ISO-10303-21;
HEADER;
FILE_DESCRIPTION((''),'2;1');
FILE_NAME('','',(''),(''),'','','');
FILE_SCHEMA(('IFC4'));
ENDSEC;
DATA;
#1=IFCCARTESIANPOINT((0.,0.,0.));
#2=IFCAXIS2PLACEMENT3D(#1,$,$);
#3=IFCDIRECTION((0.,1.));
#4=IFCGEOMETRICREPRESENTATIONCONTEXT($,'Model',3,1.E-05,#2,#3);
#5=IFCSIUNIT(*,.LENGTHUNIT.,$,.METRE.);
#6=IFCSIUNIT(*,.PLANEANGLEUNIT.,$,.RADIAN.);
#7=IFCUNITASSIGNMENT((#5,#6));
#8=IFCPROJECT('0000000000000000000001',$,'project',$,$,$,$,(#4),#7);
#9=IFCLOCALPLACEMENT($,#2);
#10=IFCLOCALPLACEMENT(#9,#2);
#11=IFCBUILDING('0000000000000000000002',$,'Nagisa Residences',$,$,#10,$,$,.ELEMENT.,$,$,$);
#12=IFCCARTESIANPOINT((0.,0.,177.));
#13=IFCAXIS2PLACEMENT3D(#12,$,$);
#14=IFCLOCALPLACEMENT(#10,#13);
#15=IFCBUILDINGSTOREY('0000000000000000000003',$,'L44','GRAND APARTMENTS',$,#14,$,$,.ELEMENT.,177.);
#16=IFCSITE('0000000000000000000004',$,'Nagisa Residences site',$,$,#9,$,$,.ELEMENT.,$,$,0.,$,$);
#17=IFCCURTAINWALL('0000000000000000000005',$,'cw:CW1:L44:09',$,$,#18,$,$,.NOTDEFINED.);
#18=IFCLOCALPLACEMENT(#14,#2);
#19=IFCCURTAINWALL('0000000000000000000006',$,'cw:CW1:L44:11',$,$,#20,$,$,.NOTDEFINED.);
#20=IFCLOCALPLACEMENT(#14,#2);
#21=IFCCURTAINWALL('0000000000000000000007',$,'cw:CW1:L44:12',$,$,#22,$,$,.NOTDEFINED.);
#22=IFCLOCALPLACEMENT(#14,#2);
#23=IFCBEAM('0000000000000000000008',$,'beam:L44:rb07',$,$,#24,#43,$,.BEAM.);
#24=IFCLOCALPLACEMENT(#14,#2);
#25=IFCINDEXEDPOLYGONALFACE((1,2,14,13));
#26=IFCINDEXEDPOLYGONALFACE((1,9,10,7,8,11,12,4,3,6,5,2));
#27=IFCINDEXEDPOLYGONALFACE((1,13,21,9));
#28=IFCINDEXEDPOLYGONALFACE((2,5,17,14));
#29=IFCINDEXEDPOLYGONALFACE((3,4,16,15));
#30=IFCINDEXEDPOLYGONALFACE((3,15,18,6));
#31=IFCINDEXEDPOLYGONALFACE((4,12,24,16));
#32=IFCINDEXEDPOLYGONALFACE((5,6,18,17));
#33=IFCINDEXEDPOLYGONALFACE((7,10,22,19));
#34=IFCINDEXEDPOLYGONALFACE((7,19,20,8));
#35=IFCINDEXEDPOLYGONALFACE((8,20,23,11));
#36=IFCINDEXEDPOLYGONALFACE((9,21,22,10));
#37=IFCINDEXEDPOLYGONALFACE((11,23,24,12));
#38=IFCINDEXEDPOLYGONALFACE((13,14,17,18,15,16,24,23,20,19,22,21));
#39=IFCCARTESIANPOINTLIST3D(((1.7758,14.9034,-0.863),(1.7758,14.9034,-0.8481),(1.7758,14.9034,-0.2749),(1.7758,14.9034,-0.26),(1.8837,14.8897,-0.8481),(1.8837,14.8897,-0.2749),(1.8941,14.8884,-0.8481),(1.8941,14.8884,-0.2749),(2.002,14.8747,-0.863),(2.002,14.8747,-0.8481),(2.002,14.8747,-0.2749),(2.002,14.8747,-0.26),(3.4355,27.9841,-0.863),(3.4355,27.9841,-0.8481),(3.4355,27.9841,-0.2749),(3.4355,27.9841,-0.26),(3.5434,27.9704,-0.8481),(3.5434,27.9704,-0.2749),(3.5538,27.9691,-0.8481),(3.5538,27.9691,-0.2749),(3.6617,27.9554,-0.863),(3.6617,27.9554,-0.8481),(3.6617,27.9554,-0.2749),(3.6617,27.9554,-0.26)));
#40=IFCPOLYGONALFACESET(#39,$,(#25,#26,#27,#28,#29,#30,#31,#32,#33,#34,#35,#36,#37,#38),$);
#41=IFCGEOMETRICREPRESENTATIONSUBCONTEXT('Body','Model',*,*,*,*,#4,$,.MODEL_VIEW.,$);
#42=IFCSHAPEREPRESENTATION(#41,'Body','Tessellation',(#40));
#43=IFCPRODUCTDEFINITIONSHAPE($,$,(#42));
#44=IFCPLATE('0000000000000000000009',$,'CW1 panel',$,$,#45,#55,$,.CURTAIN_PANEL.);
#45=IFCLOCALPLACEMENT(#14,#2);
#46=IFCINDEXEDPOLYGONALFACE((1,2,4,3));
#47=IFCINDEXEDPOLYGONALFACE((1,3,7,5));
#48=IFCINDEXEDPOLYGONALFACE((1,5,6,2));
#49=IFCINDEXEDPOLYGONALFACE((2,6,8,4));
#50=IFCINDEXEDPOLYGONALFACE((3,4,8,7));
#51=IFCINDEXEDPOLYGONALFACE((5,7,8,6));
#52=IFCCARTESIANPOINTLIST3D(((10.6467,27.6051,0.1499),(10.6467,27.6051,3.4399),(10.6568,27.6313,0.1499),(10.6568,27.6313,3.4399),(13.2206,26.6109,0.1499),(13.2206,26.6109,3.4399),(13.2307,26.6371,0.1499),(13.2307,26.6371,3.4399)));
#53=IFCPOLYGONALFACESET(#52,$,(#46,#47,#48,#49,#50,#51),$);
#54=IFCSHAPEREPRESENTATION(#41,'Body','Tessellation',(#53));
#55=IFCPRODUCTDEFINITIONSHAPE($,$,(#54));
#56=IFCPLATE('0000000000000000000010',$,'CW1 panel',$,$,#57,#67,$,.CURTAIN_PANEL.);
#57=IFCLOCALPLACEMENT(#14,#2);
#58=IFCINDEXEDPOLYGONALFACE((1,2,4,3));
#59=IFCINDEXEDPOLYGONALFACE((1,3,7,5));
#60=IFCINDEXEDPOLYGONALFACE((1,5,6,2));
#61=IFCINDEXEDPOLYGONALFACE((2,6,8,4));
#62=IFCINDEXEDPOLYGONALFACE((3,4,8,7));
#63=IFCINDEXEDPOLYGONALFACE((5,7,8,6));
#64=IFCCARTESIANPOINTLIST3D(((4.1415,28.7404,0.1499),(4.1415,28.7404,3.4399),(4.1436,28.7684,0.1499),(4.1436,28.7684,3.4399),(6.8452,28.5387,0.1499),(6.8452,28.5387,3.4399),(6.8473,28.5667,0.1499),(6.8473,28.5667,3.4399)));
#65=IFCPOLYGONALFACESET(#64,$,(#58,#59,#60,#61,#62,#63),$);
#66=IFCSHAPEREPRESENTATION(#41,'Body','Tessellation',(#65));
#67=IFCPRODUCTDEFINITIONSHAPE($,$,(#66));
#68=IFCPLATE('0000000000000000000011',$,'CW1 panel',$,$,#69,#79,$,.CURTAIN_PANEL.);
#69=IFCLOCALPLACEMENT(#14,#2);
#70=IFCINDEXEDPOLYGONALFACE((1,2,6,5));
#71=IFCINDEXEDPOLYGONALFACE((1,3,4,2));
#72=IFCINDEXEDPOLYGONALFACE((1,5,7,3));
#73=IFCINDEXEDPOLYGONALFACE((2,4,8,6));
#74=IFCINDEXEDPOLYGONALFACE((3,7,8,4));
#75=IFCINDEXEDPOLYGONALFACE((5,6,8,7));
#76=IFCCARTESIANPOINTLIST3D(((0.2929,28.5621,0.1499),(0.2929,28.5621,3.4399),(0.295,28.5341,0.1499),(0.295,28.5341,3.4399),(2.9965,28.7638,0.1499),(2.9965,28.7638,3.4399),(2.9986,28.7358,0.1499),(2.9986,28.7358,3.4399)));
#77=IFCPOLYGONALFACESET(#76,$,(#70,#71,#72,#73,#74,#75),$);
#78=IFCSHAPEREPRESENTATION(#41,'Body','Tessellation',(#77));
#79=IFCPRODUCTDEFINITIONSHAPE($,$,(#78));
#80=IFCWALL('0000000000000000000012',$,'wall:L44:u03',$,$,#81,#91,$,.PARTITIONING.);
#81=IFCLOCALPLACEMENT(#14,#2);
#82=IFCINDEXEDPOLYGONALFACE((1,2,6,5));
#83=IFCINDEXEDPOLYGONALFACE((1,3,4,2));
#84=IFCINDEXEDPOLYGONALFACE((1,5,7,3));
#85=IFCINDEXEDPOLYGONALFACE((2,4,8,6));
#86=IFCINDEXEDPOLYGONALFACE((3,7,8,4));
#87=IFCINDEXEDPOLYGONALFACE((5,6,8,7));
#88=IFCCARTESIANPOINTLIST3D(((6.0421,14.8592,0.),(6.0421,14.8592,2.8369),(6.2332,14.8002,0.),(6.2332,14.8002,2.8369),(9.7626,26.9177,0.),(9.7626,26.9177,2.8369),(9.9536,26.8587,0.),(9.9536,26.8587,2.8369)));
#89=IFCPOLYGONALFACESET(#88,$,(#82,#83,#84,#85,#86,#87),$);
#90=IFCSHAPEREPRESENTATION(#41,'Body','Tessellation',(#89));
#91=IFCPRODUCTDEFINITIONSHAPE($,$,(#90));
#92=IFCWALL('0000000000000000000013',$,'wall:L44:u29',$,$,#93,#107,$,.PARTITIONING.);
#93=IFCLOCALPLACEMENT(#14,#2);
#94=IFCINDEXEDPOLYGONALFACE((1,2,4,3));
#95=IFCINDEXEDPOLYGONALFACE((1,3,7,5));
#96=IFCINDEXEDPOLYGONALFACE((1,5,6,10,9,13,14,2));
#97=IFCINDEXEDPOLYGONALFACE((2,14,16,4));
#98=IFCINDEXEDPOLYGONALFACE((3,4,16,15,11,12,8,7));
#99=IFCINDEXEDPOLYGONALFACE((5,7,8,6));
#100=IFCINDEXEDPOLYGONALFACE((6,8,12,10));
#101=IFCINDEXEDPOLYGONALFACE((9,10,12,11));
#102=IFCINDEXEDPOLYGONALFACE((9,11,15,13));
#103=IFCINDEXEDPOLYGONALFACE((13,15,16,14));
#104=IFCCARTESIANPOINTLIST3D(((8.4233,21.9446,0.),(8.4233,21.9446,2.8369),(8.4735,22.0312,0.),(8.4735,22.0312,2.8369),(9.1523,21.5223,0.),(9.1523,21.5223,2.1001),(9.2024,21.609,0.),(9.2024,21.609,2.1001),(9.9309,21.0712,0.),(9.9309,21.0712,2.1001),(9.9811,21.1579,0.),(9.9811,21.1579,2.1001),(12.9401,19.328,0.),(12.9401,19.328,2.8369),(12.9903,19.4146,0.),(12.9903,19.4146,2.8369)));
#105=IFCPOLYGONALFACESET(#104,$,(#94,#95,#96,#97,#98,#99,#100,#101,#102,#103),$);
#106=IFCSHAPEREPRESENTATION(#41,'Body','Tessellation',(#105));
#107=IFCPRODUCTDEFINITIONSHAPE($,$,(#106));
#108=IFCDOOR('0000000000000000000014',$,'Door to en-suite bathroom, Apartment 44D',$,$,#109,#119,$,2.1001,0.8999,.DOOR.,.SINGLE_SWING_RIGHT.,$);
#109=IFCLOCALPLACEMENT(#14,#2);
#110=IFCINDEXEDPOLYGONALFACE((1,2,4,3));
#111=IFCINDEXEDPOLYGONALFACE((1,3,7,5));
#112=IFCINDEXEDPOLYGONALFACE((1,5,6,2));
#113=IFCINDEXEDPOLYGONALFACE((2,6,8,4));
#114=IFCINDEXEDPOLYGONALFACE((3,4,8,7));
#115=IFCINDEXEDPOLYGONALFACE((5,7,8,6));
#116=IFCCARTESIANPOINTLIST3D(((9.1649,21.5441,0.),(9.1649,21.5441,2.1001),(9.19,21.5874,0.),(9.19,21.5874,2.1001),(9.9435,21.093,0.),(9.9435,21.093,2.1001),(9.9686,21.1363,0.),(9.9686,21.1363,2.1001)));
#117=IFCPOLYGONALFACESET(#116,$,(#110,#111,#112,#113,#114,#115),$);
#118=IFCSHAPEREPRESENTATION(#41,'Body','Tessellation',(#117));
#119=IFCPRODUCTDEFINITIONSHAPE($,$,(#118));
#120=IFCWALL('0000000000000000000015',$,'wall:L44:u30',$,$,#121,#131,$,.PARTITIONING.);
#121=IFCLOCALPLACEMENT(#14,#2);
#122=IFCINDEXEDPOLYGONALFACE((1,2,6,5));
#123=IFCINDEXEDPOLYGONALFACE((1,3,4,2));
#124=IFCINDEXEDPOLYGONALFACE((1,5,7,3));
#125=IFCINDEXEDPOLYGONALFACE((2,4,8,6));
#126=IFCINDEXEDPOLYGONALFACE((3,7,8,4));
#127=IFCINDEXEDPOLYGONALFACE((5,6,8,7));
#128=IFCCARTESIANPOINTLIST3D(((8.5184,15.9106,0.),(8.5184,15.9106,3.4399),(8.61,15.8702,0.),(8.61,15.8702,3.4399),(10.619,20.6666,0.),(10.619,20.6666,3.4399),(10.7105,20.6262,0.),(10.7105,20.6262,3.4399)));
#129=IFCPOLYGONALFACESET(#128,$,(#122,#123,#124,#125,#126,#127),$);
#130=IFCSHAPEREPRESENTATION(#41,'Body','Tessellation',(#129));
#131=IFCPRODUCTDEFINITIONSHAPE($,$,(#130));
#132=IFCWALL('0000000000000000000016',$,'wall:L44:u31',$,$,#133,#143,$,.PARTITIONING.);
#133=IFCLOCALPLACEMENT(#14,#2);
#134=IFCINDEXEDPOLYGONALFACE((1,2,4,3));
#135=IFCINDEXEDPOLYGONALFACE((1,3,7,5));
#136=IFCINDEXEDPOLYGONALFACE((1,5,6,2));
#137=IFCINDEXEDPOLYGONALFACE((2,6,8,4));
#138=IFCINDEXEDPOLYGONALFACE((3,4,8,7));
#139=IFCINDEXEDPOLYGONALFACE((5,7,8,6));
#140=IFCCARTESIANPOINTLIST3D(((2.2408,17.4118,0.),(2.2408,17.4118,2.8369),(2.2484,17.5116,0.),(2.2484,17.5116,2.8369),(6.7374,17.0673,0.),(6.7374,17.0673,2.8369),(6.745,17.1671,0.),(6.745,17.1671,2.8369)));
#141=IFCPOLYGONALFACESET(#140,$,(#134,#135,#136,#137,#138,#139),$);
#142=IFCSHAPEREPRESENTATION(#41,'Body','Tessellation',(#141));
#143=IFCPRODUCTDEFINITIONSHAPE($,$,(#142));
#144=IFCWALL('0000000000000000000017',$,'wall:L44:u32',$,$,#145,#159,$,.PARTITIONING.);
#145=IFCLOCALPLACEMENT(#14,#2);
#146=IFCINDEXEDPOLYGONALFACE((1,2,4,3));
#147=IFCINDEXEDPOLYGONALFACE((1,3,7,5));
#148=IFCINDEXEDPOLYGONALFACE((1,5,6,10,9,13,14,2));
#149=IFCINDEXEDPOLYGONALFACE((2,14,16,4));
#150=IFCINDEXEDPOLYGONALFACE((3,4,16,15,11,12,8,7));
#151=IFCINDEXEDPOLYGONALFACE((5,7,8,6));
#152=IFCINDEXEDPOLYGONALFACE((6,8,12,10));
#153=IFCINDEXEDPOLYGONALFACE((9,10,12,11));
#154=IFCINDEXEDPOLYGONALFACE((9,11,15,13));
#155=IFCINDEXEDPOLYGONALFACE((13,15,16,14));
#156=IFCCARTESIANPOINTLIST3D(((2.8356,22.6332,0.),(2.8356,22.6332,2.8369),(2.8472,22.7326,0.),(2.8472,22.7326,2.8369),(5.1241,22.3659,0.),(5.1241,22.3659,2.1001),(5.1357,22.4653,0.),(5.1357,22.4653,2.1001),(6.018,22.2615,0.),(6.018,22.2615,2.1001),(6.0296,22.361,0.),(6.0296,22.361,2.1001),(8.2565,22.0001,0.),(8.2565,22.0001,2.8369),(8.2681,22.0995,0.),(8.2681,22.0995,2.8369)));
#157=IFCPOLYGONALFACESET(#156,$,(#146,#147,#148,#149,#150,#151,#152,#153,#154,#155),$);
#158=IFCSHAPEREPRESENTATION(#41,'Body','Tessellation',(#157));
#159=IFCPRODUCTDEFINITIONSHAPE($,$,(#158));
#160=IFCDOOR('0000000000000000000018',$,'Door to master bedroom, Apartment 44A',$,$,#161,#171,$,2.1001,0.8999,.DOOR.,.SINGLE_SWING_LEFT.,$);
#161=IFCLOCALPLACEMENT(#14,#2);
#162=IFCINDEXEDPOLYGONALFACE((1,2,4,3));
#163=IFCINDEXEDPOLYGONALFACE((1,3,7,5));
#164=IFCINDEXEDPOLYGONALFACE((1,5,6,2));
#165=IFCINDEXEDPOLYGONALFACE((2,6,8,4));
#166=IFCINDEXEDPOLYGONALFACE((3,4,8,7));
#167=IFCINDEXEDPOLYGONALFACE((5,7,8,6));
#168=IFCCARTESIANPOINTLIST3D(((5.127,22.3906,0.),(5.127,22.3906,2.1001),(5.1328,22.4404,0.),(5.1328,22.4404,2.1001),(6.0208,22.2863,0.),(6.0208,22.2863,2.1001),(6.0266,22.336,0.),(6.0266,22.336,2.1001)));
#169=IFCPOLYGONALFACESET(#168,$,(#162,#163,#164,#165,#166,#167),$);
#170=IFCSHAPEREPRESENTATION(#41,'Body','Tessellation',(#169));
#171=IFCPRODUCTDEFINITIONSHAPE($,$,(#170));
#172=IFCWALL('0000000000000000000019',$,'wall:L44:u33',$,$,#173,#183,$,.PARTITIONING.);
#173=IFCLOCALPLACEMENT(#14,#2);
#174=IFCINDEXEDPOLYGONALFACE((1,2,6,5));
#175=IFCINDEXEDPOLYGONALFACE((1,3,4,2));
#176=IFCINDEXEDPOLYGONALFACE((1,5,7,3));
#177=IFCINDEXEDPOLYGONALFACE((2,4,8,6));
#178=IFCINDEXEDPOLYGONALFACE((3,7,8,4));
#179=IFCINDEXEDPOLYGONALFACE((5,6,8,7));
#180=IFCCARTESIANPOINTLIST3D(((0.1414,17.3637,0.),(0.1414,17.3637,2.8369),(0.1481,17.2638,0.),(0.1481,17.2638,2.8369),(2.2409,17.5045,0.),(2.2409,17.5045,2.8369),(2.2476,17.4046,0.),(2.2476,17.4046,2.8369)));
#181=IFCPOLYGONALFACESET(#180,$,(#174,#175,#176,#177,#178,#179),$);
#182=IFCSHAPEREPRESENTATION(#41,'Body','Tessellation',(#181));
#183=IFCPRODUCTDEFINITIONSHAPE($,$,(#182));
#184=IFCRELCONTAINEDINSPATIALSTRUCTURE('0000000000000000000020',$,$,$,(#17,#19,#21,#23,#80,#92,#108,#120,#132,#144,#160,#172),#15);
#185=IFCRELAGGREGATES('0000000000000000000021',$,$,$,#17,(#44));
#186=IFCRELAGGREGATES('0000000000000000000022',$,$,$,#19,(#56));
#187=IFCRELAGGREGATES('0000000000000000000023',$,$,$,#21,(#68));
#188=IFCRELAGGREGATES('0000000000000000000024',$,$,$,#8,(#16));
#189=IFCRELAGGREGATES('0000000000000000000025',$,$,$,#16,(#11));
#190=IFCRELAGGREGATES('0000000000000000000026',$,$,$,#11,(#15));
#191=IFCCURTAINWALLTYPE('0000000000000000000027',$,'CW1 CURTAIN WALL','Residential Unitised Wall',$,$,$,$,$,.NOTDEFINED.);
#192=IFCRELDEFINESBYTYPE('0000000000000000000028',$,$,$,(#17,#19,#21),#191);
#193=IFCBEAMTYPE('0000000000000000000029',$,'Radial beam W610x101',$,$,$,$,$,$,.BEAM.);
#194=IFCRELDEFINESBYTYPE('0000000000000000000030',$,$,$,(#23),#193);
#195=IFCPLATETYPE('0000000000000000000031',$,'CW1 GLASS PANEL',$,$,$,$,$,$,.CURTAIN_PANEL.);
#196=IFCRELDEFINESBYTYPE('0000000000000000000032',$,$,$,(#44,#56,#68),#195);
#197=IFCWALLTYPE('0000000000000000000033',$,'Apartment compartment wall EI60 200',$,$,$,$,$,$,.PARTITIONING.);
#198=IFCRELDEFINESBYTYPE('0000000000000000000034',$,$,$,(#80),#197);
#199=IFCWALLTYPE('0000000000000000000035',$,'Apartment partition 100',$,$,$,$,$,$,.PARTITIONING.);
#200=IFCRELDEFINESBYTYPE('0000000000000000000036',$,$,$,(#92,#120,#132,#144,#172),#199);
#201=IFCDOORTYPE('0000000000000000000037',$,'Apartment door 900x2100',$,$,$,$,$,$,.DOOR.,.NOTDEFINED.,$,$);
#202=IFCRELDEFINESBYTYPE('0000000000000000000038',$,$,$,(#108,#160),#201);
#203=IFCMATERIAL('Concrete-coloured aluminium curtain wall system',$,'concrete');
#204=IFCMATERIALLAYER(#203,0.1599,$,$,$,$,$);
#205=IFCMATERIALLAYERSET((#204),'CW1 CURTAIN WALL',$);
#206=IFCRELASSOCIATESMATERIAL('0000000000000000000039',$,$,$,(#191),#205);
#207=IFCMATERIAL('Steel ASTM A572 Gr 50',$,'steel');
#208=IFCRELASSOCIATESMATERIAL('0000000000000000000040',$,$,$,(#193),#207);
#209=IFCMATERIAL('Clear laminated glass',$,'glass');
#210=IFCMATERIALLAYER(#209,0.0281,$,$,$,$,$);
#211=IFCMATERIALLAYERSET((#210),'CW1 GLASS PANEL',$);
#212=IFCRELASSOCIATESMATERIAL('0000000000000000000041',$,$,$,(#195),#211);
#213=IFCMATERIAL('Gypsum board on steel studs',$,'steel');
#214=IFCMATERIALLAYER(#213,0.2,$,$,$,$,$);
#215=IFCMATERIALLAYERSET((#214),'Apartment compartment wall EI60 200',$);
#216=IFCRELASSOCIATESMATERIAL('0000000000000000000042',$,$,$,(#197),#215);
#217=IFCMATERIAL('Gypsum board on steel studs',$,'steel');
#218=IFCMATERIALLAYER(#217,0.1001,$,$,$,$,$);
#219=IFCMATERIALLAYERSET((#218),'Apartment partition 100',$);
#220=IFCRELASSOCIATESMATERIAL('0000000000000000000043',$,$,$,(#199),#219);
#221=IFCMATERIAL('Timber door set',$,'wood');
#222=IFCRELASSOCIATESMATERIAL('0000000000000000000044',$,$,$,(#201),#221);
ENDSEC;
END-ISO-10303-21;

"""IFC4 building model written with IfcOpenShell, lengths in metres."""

from ifc_helpers import new_model, si_unit, direction, frame, frame_2d, origin, origin_2d, place, context, subcontext, project, spatial, rectangle, i_section, extrude, material, layer, layer_set, material_profile, profile_set, type_object, element, fill, aggregate, save


model = new_model("IFC4")

# Units and contexts
model_context = context("Model", 3, precision=1e-05, world=origin(), true_north=direction((0.0, 1.0)))
body_context = subcontext(model_context, "Body", "Model", "MODEL_VIEW")
ifc_project = project(units=[si_unit("LENGTHUNIT", "METRE"), si_unit("PLANEANGLEUNIT", "RADIAN")], contexts=[model_context])

# Site, building, storey
site_placement = place(None, origin())
site = spatial("IfcSite", under=ifc_project, at=site_placement, Name="Nagisa Residences site", CompositionType="ELEMENT", RefElevation=0.0)
building_placement = place(site_placement, origin())
building = spatial("IfcBuilding", under=site, at=building_placement, Name="Nagisa Residences", CompositionType="ELEMENT")
storey_placement = place(building_placement, frame((0.0, 0.0, 177.0)))
storey = spatial("IfcBuildingStorey", under=building, at=storey_placement, Name="L44", Description="GRAND APARTMENTS", CompositionType="ELEMENT", Elevation=177.0)

# Curtain walls
ifc_material_1 = material(Name="Concrete-coloured aluminium curtain wall system", Category="concrete")
ifc_layer_1 = layer(ifc_material_1, 0.1599)
ifc_layer_set_1 = layer_set([ifc_layer_1], Name="CW1 CURTAIN WALL")
curtain_wall_type = type_object("IfcCurtainWallType", Name="CW1 CURTAIN WALL", Description="Residential Unitised Wall", PredefinedType="NOTDEFINED", material=ifc_layer_set_1)
curtain_wall_1_placement = place(storey_placement, origin())
curtain_wall_1 = element("IfcCurtainWall", 1, at=curtain_wall_1_placement, inside=storey, type_object=curtain_wall_type, Name="cw:CW1:L44:09", PredefinedType="NOTDEFINED")
curtain_wall_2_placement = place(storey_placement, origin())
curtain_wall_2 = element("IfcCurtainWall", 2, at=curtain_wall_2_placement, inside=storey, type_object=curtain_wall_type, Name="cw:CW1:L44:11", PredefinedType="NOTDEFINED")
curtain_wall_3_placement = place(storey_placement, origin())
curtain_wall_3 = element("IfcCurtainWall", 3, at=curtain_wall_3_placement, inside=storey, type_object=curtain_wall_type, Name="cw:CW1:L44:12", PredefinedType="NOTDEFINED")

# Beam
ifc_material_2 = material(Name="Steel ASTM A572 Gr 50", Category="steel")
ifc_material_profile_1 = material_profile(ifc_material_2, i_section(OverallWidth=0.228, OverallDepth=0.603, WebThickness=0.0105, FlangeThickness=0.0149, at=origin_2d()), Name="W610x101")
ifc_profile_set_1 = profile_set([ifc_material_profile_1], Name="Steel ASTM A572 Gr 50")
beam_type_1 = type_object("IfcBeamType", Name="Radial beam W610x101", PredefinedType="BEAM", material=ifc_profile_set_1)
beam_1_placement = place(storey_placement, frame((3.5486, 27.9697, -0.5615), z_axis=(-0.125871, -0.992047, 0.0), x_axis=(0.992047, -0.125871, 0.0)))
element("IfcBeam", 4, at=beam_1_placement, inside=storey, type_object=beam_type_1, Name="beam:L44:rb07", PredefinedType="BEAM", context=body_context, shape_type="SweptSolid", body=[
    extrude(i_section(OverallWidth=0.228, OverallDepth=0.603, WebThickness=0.0105, FlangeThickness=0.0149, at=origin_2d()), origin(), (0.0, 0.0, 1.0), 13.1855),
])

# Plates
ifc_material_3 = material(Name="Clear laminated glass", Category="glass")
ifc_layer_2 = layer(ifc_material_3, 0.0281)
ifc_layer_set_2 = layer_set([ifc_layer_2], Name="CW1 GLASS PANEL")
plate_type = type_object("IfcPlateType", Name="CW1 GLASS PANEL", PredefinedType="CURTAIN_PANEL", material=ifc_layer_set_2)
plate_1_placement = place(storey_placement, frame((11.9387, 27.1211, 0.1499), z_axis=(0.0, 0.0, 1.0), x_axis=(-0.932826, 0.360328, 0.0)))
plate_1 = element("IfcPlate", 5, at=plate_1_placement, type_object=plate_type, Name="CW1 panel", PredefinedType="CURTAIN_PANEL", context=body_context, shape_type="SweptSolid", body=[
    extrude(rectangle(XDim=2.7593, YDim=0.0281, at=origin_2d()), origin(), (0.0, 0.0, 1.0), 3.29),
])
aggregate(curtain_wall_1, [plate_1])
plate_2_placement = place(storey_placement, frame((5.4944, 28.6536, 0.1499), z_axis=(0.0, 0.0, 1.0), x_axis=(-0.99723, 0.074377, 0.0)))
plate_2 = element("IfcPlate", 6, at=plate_2_placement, type_object=plate_type, Name="CW1 panel", PredefinedType="CURTAIN_PANEL", context=body_context, shape_type="SweptSolid", body=[
    extrude(rectangle(XDim=2.7112, YDim=0.0281, at=origin_2d()), origin(), (0.0, 0.0, 1.0), 3.29),
])
aggregate(curtain_wall_2, [plate_2])
plate_3_placement = place(storey_placement, frame((1.6458, 28.6489, 0.1499), z_axis=(0.0, 0.0, 1.0), x_axis=(-0.99723, -0.074377, 0.0)))
plate_3 = element("IfcPlate", 7, at=plate_3_placement, type_object=plate_type, Name="CW1 panel", PredefinedType="CURTAIN_PANEL", context=body_context, shape_type="SweptSolid", body=[
    extrude(rectangle(XDim=2.7112, YDim=0.0281, at=origin_2d()), origin(), (0.0, 0.0, 1.0), 3.29),
])
aggregate(curtain_wall_3, [plate_3])

# Wall
ifc_material_4 = material(Name="Gypsum board on steel studs", Category="steel")
ifc_layer_3 = layer(ifc_material_4, 0.2)
ifc_layer_set_3 = layer_set([ifc_layer_3], Name="Apartment compartment wall EI60 200")
wall_type_1 = type_object("IfcWallType", Name="Apartment compartment wall EI60 200", PredefinedType="PARTITIONING", material=ifc_layer_set_3)
wall_1_placement = place(storey_placement, frame((6.1377, 14.8298, 0.0), z_axis=(0.0, 0.0, 1.0), x_axis=(0.294819, 0.955553, 0.0)))
element("IfcWall", 8, at=wall_1_placement, inside=storey, type_object=wall_type_1, Name="wall:L44:u03", PredefinedType="PARTITIONING", context=body_context, shape_type="SweptSolid", body=[
    extrude(rectangle(XDim=12.6194, YDim=0.2, at=frame_2d((6.3096, 0.0))), origin(), (0.0, 0.0, 1.0), 2.8369),
])

# Wall, opening, door
ifc_material_5 = material(Name="Gypsum board on steel studs", Category="steel")
ifc_layer_4 = layer(ifc_material_5, 0.1001)
ifc_layer_set_4 = layer_set([ifc_layer_4], Name="Apartment partition 100")
wall_type_2 = type_object("IfcWallType", Name="Apartment partition 100", PredefinedType="PARTITIONING", material=ifc_layer_set_4)
wall_2_placement = place(storey_placement, frame((12.9651, 19.3713, 0.0), z_axis=(0.0, 0.0, 1.0), x_axis=(-0.865286, 0.501278, 0.0)))
wall_2 = element("IfcWall", 9, at=wall_2_placement, inside=storey, type_object=wall_type_2, Name="wall:L44:u29", PredefinedType="PARTITIONING", context=body_context, shape_type="SweptSolid", body=[
    extrude(rectangle(XDim=5.22, YDim=0.1001, at=frame_2d((2.6099, 0.0))), origin(), (0.0, 0.0, 1.0), 2.8369),
])
opening_1_placement = place(wall_2_placement, frame((3.4775, 0.0, 0.0)))
opening_1 = element("IfcOpeningElement", 10, at=opening_1_placement, cuts=wall_2, PredefinedType="OPENING", context=body_context, shape_type="SweptSolid", body=[
    extrude(rectangle(XDim=0.8999, YDim=2.1001, at=frame_2d((0.45, 1.05))), frame((0.0, 0.0601, 0.0), z_axis=(0.0, -1.0, 0.0), x_axis=(1.0, 0.0, 0.0)), (0.0, 0.0, 1.0), 0.1201),
])
ifc_material_6 = material(Name="Timber door set", Category="wood")
door_type_1 = type_object("IfcDoorType", Name="Apartment door 900x2100", OperationType="NOTDEFINED", PredefinedType="DOOR", material=ifc_material_6)
door_1_placement = place(opening_1_placement, origin())
door_1 = element("IfcDoor", 11, at=door_1_placement, inside=storey, type_object=door_type_1, Name="Door to en-suite bathroom, Apartment 44D", OperationType="SINGLE_SWING_RIGHT", OverallHeight=2.1001, OverallWidth=0.8999, PredefinedType="DOOR", context=body_context, shape_type="SweptSolid", body=[
    extrude(rectangle(XDim=0.8999, YDim=2.1001, at=frame_2d((0.45, 1.05))), frame((0.0, 0.0249, 0.0), z_axis=(0.0, -1.0, 0.0), x_axis=(1.0, 0.0, 0.0)), (0.0, 0.0, 1.0), 0.05),
])
fill(opening_1, door_1)

# Walls
wall_3_placement = place(storey_placement, frame((8.5642, 15.8904, 0.0), z_axis=(0.0, 0.0, 1.0), x_axis=(0.404011, 0.914754, 0.0)))
element("IfcWall", 12, at=wall_3_placement, inside=storey, type_object=wall_type_2, Name="wall:L44:u30", PredefinedType="PARTITIONING", context=body_context, shape_type="SweptSolid", body=[
    extrude(rectangle(XDim=5.1992, YDim=0.1001, at=frame_2d((2.5996, 0.0))), origin(), (0.0, 0.0, 1.0), 3.4399),
])
wall_4_placement = place(storey_placement, frame((6.7412, 17.1172, 0.0), z_axis=(0.0, 0.0, 1.0), x_axis=(-0.997078, 0.076386, 0.0)))
element("IfcWall", 13, at=wall_4_placement, inside=storey, type_object=wall_type_2, Name="wall:L44:u31", PredefinedType="PARTITIONING", context=body_context, shape_type="SweptSolid", body=[
    extrude(rectangle(XDim=4.5098, YDim=0.1001, at=frame_2d((2.2549, 0.0))), origin(), (0.0, 0.0, 1.0), 2.8369),
])

# Wall, opening, door
wall_5_placement = place(storey_placement, frame((8.2625, 22.0498, 0.0), z_axis=(0.0, 0.0, 1.0), x_axis=(-0.99325, 0.115993, 0.0)))
wall_5 = element("IfcWall", 14, at=wall_5_placement, inside=storey, type_object=wall_type_2, Name="wall:L44:u32", PredefinedType="PARTITIONING", context=body_context, shape_type="SweptSolid", body=[
    extrude(rectangle(XDim=5.4578, YDim=0.1001, at=frame_2d((2.729, 0.0))), origin(), (0.0, 0.0, 1.0), 2.8369),
])
opening_2_placement = place(wall_5_placement, frame((2.2539, 0.0, 0.0)))
opening_2 = element("IfcOpeningElement", 15, at=opening_2_placement, cuts=wall_5, PredefinedType="OPENING", context=body_context, shape_type="SweptSolid", body=[
    extrude(rectangle(XDim=0.8999, YDim=2.1001, at=frame_2d((0.45, 1.05))), frame((0.0, 0.0601, 0.0), z_axis=(0.0, -1.0, 0.0), x_axis=(1.0, 0.0, 0.0)), (0.0, 0.0, 1.0), 0.1201),
])
door_2_placement = place(opening_2_placement, frame((0.8999, 0.0, 0.0), x_axis=(-1.0, 0.0, 0.0)))
door_2 = element("IfcDoor", 16, at=door_2_placement, inside=storey, type_object=door_type_1, Name="Door to master bedroom, Apartment 44A", OperationType="SINGLE_SWING_LEFT", OverallHeight=2.1001, OverallWidth=0.8999, PredefinedType="DOOR", context=body_context, shape_type="SweptSolid", body=[
    extrude(rectangle(XDim=0.8999, YDim=2.1001, at=frame_2d((0.45, 1.05))), frame((0.0, 0.0249, 0.0), z_axis=(0.0, -1.0, 0.0), x_axis=(1.0, 0.0, 0.0)), (0.0, 0.0, 1.0), 0.05),
])
fill(opening_2, door_2)

# Wall
wall_6_placement = place(storey_placement, frame((2.2444, 17.4546, 0.0), z_axis=(0.0, 0.0, 1.0), x_axis=(-0.997757, -0.066943, 0.0)))
element("IfcWall", 17, at=wall_6_placement, inside=storey, type_object=wall_type_2, Name="wall:L44:u33", PredefinedType="PARTITIONING", context=body_context, shape_type="SweptSolid", body=[
    extrude(rectangle(XDim=2.1042, YDim=0.1001, at=frame_2d((1.0522, 0.0))), origin(), (0.0, 0.0, 1.0), 2.8369),
])

save(model, "model.ifc")
